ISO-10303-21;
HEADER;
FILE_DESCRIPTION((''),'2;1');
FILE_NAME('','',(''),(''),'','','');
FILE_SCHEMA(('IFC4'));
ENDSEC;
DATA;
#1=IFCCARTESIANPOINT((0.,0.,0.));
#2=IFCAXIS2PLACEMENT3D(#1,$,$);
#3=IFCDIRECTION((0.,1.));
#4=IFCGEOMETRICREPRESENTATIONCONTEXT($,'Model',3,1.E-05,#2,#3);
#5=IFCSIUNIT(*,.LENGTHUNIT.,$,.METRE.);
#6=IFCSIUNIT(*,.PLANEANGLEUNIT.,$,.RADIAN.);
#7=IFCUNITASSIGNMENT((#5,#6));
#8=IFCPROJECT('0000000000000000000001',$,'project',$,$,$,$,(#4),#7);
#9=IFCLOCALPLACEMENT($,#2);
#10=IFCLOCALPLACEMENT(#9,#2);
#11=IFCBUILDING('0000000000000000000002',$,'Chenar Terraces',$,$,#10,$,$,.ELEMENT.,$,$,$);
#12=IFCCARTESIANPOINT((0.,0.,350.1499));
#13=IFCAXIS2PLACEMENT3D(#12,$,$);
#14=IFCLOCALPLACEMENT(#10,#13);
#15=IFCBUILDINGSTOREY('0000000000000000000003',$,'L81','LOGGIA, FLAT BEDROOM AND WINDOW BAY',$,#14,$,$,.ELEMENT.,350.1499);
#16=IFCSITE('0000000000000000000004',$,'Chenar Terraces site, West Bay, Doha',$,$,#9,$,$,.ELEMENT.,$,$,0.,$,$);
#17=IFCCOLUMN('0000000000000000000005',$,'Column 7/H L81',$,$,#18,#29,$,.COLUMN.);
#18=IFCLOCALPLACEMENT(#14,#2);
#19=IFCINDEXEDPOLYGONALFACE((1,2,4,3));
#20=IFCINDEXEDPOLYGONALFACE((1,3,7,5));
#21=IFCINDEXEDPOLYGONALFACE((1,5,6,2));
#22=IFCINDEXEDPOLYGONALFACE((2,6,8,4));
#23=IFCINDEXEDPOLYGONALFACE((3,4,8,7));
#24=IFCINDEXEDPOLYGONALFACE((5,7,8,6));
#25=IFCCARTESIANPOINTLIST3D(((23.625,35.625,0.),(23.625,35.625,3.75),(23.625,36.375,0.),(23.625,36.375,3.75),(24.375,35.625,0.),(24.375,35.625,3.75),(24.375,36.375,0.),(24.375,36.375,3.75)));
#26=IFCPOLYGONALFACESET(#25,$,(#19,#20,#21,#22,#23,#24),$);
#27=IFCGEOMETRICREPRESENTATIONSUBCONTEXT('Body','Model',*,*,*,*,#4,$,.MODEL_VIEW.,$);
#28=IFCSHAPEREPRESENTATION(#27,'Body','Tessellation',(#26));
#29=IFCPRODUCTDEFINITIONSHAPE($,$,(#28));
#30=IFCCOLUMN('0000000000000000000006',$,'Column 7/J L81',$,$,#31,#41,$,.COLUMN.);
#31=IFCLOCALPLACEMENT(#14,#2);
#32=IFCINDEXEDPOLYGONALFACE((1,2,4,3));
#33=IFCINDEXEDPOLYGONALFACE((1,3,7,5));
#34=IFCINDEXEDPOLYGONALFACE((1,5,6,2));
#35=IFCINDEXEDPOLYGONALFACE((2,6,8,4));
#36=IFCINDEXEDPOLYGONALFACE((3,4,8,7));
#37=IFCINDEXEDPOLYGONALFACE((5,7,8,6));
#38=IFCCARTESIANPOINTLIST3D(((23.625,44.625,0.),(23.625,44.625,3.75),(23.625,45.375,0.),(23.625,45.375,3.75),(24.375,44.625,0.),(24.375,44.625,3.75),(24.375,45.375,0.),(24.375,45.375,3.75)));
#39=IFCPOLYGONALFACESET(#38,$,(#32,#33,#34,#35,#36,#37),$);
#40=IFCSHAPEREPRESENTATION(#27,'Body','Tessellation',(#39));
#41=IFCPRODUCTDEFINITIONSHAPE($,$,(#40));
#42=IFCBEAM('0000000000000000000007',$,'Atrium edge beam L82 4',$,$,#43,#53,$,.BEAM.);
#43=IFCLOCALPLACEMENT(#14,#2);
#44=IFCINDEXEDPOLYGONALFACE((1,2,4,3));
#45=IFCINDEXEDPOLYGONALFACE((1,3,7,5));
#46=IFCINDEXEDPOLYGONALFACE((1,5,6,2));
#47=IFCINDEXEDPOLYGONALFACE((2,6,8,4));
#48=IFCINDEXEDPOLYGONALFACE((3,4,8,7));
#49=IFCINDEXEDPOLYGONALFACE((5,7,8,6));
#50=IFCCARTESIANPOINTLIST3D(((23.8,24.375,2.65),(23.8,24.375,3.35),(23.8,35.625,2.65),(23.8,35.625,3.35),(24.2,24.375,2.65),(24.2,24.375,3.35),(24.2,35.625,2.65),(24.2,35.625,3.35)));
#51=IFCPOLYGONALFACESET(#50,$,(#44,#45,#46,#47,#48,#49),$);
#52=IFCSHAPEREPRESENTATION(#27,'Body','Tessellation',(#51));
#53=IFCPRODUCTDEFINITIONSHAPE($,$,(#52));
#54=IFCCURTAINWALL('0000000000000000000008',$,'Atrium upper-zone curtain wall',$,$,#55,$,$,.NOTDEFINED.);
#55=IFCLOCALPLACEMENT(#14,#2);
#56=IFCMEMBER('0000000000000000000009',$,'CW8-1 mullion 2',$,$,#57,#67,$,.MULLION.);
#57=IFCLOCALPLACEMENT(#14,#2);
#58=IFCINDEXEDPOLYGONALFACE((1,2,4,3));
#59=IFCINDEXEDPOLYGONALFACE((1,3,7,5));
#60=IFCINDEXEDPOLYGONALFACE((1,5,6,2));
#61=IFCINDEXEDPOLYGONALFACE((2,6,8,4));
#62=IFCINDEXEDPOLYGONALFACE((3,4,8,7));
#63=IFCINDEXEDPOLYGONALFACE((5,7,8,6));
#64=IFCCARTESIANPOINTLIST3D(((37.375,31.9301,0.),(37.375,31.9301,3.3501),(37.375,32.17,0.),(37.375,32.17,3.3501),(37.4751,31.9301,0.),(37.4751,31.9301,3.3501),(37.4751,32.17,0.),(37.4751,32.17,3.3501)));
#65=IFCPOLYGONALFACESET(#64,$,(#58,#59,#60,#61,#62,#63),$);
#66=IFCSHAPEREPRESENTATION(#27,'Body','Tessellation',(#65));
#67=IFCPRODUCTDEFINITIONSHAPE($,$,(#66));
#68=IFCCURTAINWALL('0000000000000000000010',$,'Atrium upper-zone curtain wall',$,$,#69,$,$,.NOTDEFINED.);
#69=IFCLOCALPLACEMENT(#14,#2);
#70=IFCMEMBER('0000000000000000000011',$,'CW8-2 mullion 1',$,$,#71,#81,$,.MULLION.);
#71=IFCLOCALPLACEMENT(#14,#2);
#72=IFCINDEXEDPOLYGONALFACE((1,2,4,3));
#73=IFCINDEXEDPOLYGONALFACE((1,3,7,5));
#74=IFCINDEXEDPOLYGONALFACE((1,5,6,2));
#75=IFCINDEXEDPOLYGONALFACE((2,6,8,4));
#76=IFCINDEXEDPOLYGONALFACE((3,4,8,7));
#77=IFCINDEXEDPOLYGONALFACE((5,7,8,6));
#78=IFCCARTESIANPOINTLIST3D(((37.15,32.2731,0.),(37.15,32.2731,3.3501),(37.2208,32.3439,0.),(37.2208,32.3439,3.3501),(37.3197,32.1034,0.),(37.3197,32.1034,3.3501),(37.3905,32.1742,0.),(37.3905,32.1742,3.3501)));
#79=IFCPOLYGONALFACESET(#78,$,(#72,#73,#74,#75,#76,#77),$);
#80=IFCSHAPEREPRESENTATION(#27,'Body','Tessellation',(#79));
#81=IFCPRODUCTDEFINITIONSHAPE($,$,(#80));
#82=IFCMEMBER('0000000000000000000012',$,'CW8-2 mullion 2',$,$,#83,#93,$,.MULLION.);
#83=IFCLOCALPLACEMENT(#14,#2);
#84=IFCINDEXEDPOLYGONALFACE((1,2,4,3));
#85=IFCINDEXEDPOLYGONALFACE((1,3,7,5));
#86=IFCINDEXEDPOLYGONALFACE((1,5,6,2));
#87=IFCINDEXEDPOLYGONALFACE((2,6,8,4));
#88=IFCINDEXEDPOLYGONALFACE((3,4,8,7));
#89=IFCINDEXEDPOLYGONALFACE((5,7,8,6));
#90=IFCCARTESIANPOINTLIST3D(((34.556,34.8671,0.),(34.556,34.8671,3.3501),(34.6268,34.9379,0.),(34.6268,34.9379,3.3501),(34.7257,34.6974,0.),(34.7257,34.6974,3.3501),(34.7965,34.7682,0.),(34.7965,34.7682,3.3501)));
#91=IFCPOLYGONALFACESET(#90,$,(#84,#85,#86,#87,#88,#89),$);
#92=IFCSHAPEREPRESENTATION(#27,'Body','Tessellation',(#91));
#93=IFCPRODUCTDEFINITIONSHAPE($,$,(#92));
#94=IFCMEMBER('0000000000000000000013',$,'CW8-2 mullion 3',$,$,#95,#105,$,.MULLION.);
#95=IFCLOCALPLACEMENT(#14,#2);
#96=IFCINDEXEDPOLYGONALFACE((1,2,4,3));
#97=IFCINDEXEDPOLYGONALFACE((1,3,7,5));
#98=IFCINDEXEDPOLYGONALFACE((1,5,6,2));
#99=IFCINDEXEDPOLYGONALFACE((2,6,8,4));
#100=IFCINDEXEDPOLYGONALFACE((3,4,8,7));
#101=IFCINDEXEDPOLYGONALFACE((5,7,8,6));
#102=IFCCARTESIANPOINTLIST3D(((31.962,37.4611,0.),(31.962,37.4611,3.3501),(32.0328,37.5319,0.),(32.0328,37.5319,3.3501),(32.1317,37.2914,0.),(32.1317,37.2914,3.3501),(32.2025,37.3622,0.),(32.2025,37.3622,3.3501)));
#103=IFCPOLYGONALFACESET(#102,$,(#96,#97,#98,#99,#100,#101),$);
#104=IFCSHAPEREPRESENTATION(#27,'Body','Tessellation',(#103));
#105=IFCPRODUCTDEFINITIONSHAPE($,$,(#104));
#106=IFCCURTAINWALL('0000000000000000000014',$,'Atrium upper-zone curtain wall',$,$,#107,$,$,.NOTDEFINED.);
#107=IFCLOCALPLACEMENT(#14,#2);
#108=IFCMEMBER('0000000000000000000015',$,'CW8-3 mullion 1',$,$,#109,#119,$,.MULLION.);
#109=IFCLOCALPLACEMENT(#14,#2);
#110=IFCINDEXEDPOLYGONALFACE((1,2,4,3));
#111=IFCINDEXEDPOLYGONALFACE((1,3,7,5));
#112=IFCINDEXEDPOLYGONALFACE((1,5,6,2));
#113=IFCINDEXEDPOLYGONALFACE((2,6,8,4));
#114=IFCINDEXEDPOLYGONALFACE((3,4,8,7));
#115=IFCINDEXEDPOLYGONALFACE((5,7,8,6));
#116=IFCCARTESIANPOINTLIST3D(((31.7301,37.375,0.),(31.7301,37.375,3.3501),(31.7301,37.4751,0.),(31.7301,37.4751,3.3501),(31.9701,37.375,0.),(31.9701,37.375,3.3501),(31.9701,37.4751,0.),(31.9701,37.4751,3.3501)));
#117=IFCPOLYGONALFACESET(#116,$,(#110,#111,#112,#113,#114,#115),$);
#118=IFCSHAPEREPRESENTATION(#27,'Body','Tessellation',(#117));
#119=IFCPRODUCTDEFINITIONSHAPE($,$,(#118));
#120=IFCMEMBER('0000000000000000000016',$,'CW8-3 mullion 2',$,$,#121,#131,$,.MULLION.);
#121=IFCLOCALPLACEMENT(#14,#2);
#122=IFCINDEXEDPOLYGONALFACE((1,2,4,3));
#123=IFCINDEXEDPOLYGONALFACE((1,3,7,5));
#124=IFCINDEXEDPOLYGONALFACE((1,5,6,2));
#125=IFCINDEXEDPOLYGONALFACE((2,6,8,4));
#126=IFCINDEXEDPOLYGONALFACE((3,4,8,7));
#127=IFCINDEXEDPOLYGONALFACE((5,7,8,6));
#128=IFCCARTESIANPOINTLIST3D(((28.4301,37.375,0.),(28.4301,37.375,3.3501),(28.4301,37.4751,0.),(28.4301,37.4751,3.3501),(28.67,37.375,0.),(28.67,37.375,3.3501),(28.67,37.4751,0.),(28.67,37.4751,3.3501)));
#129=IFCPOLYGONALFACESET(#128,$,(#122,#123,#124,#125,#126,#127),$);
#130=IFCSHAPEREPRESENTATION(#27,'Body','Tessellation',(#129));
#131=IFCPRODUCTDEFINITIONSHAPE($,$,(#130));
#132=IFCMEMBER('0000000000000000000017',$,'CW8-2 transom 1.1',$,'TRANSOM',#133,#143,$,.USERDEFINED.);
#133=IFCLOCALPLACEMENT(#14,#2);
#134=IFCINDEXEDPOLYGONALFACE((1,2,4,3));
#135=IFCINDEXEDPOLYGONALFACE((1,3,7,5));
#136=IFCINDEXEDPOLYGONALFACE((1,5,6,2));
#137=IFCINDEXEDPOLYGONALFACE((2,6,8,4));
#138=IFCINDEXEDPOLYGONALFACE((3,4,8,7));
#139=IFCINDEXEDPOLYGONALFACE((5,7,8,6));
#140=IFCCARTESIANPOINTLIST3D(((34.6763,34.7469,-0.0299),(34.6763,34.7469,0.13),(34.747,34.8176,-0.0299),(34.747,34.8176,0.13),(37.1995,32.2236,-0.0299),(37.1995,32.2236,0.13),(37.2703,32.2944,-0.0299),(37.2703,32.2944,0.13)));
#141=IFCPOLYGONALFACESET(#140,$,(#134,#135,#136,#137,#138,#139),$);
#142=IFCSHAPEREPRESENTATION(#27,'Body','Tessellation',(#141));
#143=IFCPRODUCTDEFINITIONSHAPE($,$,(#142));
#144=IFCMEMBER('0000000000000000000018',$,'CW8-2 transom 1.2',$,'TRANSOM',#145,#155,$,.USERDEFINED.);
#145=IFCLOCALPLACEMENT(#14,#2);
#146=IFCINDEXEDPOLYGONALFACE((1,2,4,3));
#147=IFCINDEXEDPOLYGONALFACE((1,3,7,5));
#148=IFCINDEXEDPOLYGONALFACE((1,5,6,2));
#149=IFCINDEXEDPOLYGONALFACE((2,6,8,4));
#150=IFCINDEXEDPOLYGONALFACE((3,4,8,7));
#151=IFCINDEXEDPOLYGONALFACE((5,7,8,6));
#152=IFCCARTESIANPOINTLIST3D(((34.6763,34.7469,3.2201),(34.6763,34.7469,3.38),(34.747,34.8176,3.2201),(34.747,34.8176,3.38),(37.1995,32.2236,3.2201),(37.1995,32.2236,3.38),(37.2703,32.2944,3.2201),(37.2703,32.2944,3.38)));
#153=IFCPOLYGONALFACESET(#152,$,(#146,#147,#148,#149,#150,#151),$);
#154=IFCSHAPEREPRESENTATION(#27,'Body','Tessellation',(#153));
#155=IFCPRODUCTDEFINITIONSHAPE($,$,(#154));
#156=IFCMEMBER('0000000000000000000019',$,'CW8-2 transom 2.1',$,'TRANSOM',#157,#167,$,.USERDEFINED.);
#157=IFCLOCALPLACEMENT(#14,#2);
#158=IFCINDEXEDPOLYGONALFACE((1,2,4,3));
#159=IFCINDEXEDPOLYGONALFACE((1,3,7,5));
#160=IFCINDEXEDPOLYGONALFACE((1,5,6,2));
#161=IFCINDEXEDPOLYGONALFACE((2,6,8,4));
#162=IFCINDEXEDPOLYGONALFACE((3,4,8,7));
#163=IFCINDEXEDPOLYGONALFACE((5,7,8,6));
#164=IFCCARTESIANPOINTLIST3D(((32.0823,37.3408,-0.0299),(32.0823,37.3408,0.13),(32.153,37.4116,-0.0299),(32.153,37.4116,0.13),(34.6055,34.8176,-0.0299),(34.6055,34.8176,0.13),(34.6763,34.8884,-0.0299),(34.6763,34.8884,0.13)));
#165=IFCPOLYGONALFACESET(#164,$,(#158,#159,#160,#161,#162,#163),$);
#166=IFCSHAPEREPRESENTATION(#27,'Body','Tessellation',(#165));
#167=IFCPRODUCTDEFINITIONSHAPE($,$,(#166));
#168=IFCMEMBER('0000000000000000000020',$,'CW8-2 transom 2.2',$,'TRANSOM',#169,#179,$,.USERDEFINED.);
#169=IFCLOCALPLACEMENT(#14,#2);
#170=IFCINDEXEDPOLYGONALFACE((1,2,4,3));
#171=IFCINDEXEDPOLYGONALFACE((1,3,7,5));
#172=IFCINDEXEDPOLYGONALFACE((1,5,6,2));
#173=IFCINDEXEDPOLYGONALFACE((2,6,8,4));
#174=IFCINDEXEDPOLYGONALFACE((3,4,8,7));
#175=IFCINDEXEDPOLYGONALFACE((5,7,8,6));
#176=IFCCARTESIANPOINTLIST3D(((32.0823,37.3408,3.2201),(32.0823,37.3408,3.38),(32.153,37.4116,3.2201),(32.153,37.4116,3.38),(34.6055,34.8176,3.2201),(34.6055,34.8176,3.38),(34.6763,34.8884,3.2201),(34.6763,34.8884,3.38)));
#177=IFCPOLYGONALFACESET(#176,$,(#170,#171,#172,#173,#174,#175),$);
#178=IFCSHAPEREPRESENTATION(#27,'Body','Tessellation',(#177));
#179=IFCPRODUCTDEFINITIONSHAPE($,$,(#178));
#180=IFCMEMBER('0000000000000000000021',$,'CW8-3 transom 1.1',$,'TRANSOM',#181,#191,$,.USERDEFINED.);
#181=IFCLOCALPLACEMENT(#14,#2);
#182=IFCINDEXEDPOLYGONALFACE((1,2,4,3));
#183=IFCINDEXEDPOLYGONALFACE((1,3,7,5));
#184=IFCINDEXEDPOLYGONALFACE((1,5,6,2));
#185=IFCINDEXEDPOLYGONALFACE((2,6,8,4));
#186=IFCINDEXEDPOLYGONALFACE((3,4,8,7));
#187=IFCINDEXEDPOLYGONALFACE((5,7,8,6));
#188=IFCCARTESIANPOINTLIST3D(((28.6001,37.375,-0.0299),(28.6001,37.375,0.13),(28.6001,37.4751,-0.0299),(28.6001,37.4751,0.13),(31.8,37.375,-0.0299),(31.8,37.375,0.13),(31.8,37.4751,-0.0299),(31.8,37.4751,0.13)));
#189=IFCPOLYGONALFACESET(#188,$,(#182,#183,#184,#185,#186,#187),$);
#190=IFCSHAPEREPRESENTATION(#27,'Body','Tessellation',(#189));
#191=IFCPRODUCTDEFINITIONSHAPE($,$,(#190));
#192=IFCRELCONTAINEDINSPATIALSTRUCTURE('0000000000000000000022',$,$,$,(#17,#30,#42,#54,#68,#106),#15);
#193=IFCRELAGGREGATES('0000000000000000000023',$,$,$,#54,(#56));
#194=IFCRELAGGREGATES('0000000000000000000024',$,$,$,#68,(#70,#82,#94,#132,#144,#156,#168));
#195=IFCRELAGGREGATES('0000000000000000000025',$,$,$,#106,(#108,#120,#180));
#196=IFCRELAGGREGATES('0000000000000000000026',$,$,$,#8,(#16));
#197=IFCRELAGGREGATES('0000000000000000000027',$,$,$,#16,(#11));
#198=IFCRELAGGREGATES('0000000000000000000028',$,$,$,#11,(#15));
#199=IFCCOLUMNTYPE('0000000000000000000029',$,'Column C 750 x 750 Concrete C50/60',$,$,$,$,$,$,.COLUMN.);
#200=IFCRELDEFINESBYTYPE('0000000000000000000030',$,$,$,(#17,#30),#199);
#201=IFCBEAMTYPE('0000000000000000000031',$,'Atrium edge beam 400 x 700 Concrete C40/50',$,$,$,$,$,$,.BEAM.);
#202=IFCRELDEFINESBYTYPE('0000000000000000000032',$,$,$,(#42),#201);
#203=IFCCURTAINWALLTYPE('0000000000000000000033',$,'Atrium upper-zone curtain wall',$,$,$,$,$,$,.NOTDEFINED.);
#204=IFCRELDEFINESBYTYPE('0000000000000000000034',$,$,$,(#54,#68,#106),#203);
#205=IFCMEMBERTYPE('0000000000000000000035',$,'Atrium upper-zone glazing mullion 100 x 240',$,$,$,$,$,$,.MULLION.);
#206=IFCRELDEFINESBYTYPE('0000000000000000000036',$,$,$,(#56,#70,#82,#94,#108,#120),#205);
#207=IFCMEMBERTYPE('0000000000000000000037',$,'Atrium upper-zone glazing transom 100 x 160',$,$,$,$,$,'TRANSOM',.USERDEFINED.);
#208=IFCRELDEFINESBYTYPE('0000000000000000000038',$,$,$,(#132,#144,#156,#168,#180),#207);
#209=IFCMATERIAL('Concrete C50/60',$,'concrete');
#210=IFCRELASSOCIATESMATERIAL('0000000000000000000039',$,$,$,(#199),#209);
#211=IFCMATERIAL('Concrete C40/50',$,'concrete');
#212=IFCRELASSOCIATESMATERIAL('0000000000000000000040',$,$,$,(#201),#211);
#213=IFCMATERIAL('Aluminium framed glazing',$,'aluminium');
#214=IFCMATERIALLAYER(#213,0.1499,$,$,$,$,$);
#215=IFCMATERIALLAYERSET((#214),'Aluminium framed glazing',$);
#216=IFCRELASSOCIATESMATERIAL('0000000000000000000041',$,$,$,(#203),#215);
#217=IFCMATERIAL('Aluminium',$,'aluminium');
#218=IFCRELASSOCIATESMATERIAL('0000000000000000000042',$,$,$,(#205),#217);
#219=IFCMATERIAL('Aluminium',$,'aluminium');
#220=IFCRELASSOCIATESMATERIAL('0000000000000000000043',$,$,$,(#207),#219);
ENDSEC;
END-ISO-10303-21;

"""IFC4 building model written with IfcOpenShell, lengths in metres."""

from ifc_helpers import new_model, si_unit, direction, frame, origin, origin_2d, place, context, subcontext, project, spatial, rectangle, extrude, material, layer, layer_set, material_profile, profile_set, type_object, element, aggregate, save


model = new_model("IFC4")

# Units and contexts
model_context = context("Model", 3, precision=1e-05, world=origin(), true_north=direction((0.0, 1.0)))
body_context = subcontext(model_context, "Body", "Model", "MODEL_VIEW")
ifc_project = project(units=[si_unit("LENGTHUNIT", "METRE"), si_unit("PLANEANGLEUNIT", "RADIAN")], contexts=[model_context])

# Site, building, storey
site_placement = place(None, origin())
site = spatial("IfcSite", under=ifc_project, at=site_placement, Name="Chenar Terraces site, West Bay, Doha", CompositionType="ELEMENT", RefElevation=0.0)
building_placement = place(site_placement, origin())
building = spatial("IfcBuilding", under=site, at=building_placement, Name="Chenar Terraces", CompositionType="ELEMENT")
storey_placement = place(building_placement, frame((0.0, 0.0, 350.1499)))
storey = spatial("IfcBuildingStorey", under=building, at=storey_placement, Name="L81", Description="LOGGIA, FLAT BEDROOM AND WINDOW BAY", CompositionType="ELEMENT", Elevation=350.1499)

# Columns
ifc_material_1 = material(Name="Concrete C50/60", Category="concrete")
ifc_material_profile_1 = material_profile(ifc_material_1, rectangle(XDim=0.75, YDim=0.75, at=origin_2d()), Name="C 750 x 750")
ifc_profile_set_1 = profile_set([ifc_material_profile_1], Name="Concrete C50/60")
column_type = type_object("IfcColumnType", Name="Column C 750 x 750 Concrete C50/60", PredefinedType="COLUMN", material=ifc_profile_set_1)
for number, where, z_axis, x_axis, name in (
    (1, (24.0, 36.0, 0.0), (0.0, 0.0, 1.0), (1.0, 0.0, 0.0), "Column 7/H L81"),
    (2, (24.0, 45.0, 0.0), (0.0, 0.0, 1.0), (1.0, 0.0, 0.0), "Column 7/J L81"),
):
    element("IfcColumn", number, at=place(storey_placement, frame(where, z_axis=z_axis, x_axis=x_axis)), inside=storey, type_object=column_type, Name=name, PredefinedType="COLUMN", context=body_context, shape_type="SweptSolid", body=[
        extrude(rectangle(XDim=0.75, YDim=0.75, at=origin_2d()), origin(), (0.0, 0.0, 1.0), 3.75),
    ])

# Beam
ifc_material_2 = material(Name="Concrete C40/50", Category="concrete")
ifc_material_profile_2 = material_profile(ifc_material_2, rectangle(XDim=0.3999, YDim=0.7, at=origin_2d()), Name="RC 400 x 700")
ifc_profile_set_2 = profile_set([ifc_material_profile_2], Name="Concrete C40/50")
beam_type = type_object("IfcBeamType", Name="Atrium edge beam 400 x 700 Concrete C40/50", PredefinedType="BEAM", material=ifc_profile_set_2)
beam_placement = place(storey_placement, frame((24.0, 35.625, 3.0), z_axis=(0.0, -1.0, 0.0), x_axis=(1.0, 0.0, 0.0)))
element("IfcBeam", 3, at=beam_placement, inside=storey, type_object=beam_type, Name="Atrium edge beam L82 4", PredefinedType="BEAM", context=body_context, shape_type="SweptSolid", body=[
    extrude(rectangle(XDim=0.3999, YDim=0.7, at=origin_2d()), origin(), (0.0, 0.0, 1.0), 11.25),
])

# Curtain wall, member
ifc_material_3 = material(Name="Aluminium framed glazing", Category="aluminium")
ifc_layer_1 = layer(ifc_material_3, 0.1499)
ifc_layer_set_1 = layer_set([ifc_layer_1], Name="Aluminium framed glazing")
curtain_wall_type = type_object("IfcCurtainWallType", Name="Atrium upper-zone curtain wall", PredefinedType="NOTDEFINED", material=ifc_layer_set_1)
placement = place(storey_placement, origin())
curtain_wall_1 = element("IfcCurtainWall", 4, at=placement, inside=storey, type_object=curtain_wall_type, Name="Atrium upper-zone curtain wall", PredefinedType="NOTDEFINED")
ifc_material_4 = material(Name="Aluminium", Category="aluminium")
ifc_material_profile_3 = material_profile(ifc_material_4, rectangle(XDim=0.1001, YDim=0.24, at=origin_2d()), Name="Atrium upper-zone glazing mullion 100 x 240")
ifc_profile_set_3 = profile_set([ifc_material_profile_3], Name="Aluminium")
member_type_1 = type_object("IfcMemberType", Name="Atrium upper-zone glazing mullion 100 x 240", PredefinedType="MULLION", material=ifc_profile_set_3)
member_1_placement = place(storey_placement, frame((37.425, 32.05, 0.0), z_axis=(0.0, 0.0, 1.0), x_axis=(-1.0, 0.0, 0.0)))
member_1 = element("IfcMember", 5, at=member_1_placement, type_object=member_type_1, Name="CW8-1 mullion 2", PredefinedType="MULLION", context=body_context, shape_type="SweptSolid", body=[
    extrude(rectangle(XDim=0.1001, YDim=0.24, at=origin_2d()), origin(), (0.0, 0.0, 1.0), 3.3501),
])

# Curtain walls, members
curtain_wall_2 = element("IfcCurtainWall", 6, at=placement, inside=storey, type_object=curtain_wall_type, Name="Atrium upper-zone curtain wall", PredefinedType="NOTDEFINED")
member_2_placement = place(storey_placement, frame((37.2703, 32.2236, 0.0), z_axis=(0.0, 0.0, 1.0), x_axis=(-0.707107, -0.707107, 0.0)))
member_2 = element("IfcMember", 7, at=member_2_placement, type_object=member_type_1, Name="CW8-2 mullion 1", PredefinedType="MULLION", context=body_context, shape_type="SweptSolid", body=[
    extrude(rectangle(XDim=0.1001, YDim=0.24, at=origin_2d()), origin(), (0.0, 0.0, 1.0), 3.3501),
])
member_3_placement = place(storey_placement, frame((34.6763, 34.8176, 0.0), z_axis=(0.0, 0.0, 1.0), x_axis=(-0.707107, -0.707107, 0.0)))
member_3 = element("IfcMember", 8, at=member_3_placement, type_object=member_type_1, Name="CW8-2 mullion 2", PredefinedType="MULLION", context=body_context, shape_type="SweptSolid", body=[
    extrude(rectangle(XDim=0.1001, YDim=0.24, at=origin_2d()), origin(), (0.0, 0.0, 1.0), 3.3501),
])
member_4_placement = place(storey_placement, frame((32.0823, 37.4116, 0.0), z_axis=(0.0, 0.0, 1.0), x_axis=(-0.707107, -0.707107, 0.0)))
member_4 = element("IfcMember", 9, at=member_4_placement, type_object=member_type_1, Name="CW8-2 mullion 3", PredefinedType="MULLION", context=body_context, shape_type="SweptSolid", body=[
    extrude(rectangle(XDim=0.1001, YDim=0.24, at=origin_2d()), origin(), (0.0, 0.0, 1.0), 3.3501),
])
curtain_wall_3 = element("IfcCurtainWall", 10, at=placement, inside=storey, type_object=curtain_wall_type, Name="Atrium upper-zone curtain wall", PredefinedType="NOTDEFINED")
member_5_placement = place(storey_placement, frame((31.8501, 37.425, 0.0), z_axis=(0.0, 0.0, 1.0), x_axis=(0.0, -1.0, 0.0)))
member_5 = element("IfcMember", 11, at=member_5_placement, type_object=member_type_1, Name="CW8-3 mullion 1", PredefinedType="MULLION", context=body_context, shape_type="SweptSolid", body=[
    extrude(rectangle(XDim=0.1001, YDim=0.24, at=origin_2d()), origin(), (0.0, 0.0, 1.0), 3.3501),
])
member_6_placement = place(storey_placement, frame((28.55, 37.425, 0.0), z_axis=(0.0, 0.0, 1.0), x_axis=(0.0, -1.0, 0.0)))
member_6 = element("IfcMember", 12, at=member_6_placement, type_object=member_type_1, Name="CW8-3 mullion 2", PredefinedType="MULLION", context=body_context, shape_type="SweptSolid", body=[
    extrude(rectangle(XDim=0.1001, YDim=0.24, at=origin_2d()), origin(), (0.0, 0.0, 1.0), 3.3501),
])

# Members
ifc_material_5 = material(Name="Aluminium", Category="aluminium")
ifc_material_profile_4 = material_profile(ifc_material_5, rectangle(XDim=0.1001, YDim=0.1599, at=origin_2d()), Name="Atrium upper-zone glazing transom 100 x 160")
ifc_profile_set_4 = profile_set([ifc_material_profile_4], Name="Aluminium")
member_type_2 = type_object("IfcMemberType", Name="Atrium upper-zone glazing transom 100 x 160", ElementType="TRANSOM", PredefinedType="USERDEFINED", material=ifc_profile_set_4)
member_7_placement = place(storey_placement, frame((37.2349, 32.259, 0.05), z_axis=(-0.707107, 0.707107, 0.0), x_axis=(-0.707107, -0.707107, 0.0)))
member_7 = element("IfcMember", 13, at=member_7_placement, type_object=member_type_2, Name="CW8-2 transom 1.1", ObjectType="TRANSOM", PredefinedType="USERDEFINED", context=body_context, shape_type="SweptSolid", body=[
    extrude(rectangle(XDim=0.1001, YDim=0.1599, at=origin_2d()), origin(), (0.0, 0.0, 1.0), 3.5684),
])
member_8_placement = place(storey_placement, frame((37.2349, 32.259, 3.3), z_axis=(-0.707107, 0.707107, 0.0), x_axis=(-0.707107, -0.707107, 0.0)))
member_8 = element("IfcMember", 14, at=member_8_placement, type_object=member_type_2, Name="CW8-2 transom 1.2", ObjectType="TRANSOM", PredefinedType="USERDEFINED", context=body_context, shape_type="SweptSolid", body=[
    extrude(rectangle(XDim=0.1001, YDim=0.1599, at=origin_2d()), origin(), (0.0, 0.0, 1.0), 3.5684),
])
member_9_placement = place(storey_placement, frame((34.6409, 34.853, 0.05), z_axis=(-0.707107, 0.707107, 0.0), x_axis=(-0.707107, -0.707107, 0.0)))
member_9 = element("IfcMember", 15, at=member_9_placement, type_object=member_type_2, Name="CW8-2 transom 2.1", ObjectType="TRANSOM", PredefinedType="USERDEFINED", context=body_context, shape_type="SweptSolid", body=[
    extrude(rectangle(XDim=0.1001, YDim=0.1599, at=origin_2d()), origin(), (0.0, 0.0, 1.0), 3.5684),
])
member_10_placement = place(storey_placement, frame((34.6409, 34.853, 3.3), z_axis=(-0.707107, 0.707107, 0.0), x_axis=(-0.707107, -0.707107, 0.0)))
member_10 = element("IfcMember", 16, at=member_10_placement, type_object=member_type_2, Name="CW8-2 transom 2.2", ObjectType="TRANSOM", PredefinedType="USERDEFINED", context=body_context, shape_type="SweptSolid", body=[
    extrude(rectangle(XDim=0.1001, YDim=0.1599, at=origin_2d()), origin(), (0.0, 0.0, 1.0), 3.5684),
])
member_11_placement = place(storey_placement, frame((31.8, 37.425, 0.05), z_axis=(-1.0, 0.0, 0.0), x_axis=(0.0, -1.0, 0.0)))
member_11 = element("IfcMember", 17, at=member_11_placement, type_object=member_type_2, Name="CW8-3 transom 1.1", ObjectType="TRANSOM", PredefinedType="USERDEFINED", context=body_context, shape_type="SweptSolid", body=[
    extrude(rectangle(XDim=0.1001, YDim=0.1599, at=origin_2d()), origin(), (0.0, 0.0, 1.0), 3.2),
])

aggregate(curtain_wall_1, [member_1])
aggregate(curtain_wall_2, [member_2, member_3, member_4, member_7, member_8, member_9, member_10])
aggregate(curtain_wall_3, [member_5, member_6, member_11])

save(model, "model.ifc")
